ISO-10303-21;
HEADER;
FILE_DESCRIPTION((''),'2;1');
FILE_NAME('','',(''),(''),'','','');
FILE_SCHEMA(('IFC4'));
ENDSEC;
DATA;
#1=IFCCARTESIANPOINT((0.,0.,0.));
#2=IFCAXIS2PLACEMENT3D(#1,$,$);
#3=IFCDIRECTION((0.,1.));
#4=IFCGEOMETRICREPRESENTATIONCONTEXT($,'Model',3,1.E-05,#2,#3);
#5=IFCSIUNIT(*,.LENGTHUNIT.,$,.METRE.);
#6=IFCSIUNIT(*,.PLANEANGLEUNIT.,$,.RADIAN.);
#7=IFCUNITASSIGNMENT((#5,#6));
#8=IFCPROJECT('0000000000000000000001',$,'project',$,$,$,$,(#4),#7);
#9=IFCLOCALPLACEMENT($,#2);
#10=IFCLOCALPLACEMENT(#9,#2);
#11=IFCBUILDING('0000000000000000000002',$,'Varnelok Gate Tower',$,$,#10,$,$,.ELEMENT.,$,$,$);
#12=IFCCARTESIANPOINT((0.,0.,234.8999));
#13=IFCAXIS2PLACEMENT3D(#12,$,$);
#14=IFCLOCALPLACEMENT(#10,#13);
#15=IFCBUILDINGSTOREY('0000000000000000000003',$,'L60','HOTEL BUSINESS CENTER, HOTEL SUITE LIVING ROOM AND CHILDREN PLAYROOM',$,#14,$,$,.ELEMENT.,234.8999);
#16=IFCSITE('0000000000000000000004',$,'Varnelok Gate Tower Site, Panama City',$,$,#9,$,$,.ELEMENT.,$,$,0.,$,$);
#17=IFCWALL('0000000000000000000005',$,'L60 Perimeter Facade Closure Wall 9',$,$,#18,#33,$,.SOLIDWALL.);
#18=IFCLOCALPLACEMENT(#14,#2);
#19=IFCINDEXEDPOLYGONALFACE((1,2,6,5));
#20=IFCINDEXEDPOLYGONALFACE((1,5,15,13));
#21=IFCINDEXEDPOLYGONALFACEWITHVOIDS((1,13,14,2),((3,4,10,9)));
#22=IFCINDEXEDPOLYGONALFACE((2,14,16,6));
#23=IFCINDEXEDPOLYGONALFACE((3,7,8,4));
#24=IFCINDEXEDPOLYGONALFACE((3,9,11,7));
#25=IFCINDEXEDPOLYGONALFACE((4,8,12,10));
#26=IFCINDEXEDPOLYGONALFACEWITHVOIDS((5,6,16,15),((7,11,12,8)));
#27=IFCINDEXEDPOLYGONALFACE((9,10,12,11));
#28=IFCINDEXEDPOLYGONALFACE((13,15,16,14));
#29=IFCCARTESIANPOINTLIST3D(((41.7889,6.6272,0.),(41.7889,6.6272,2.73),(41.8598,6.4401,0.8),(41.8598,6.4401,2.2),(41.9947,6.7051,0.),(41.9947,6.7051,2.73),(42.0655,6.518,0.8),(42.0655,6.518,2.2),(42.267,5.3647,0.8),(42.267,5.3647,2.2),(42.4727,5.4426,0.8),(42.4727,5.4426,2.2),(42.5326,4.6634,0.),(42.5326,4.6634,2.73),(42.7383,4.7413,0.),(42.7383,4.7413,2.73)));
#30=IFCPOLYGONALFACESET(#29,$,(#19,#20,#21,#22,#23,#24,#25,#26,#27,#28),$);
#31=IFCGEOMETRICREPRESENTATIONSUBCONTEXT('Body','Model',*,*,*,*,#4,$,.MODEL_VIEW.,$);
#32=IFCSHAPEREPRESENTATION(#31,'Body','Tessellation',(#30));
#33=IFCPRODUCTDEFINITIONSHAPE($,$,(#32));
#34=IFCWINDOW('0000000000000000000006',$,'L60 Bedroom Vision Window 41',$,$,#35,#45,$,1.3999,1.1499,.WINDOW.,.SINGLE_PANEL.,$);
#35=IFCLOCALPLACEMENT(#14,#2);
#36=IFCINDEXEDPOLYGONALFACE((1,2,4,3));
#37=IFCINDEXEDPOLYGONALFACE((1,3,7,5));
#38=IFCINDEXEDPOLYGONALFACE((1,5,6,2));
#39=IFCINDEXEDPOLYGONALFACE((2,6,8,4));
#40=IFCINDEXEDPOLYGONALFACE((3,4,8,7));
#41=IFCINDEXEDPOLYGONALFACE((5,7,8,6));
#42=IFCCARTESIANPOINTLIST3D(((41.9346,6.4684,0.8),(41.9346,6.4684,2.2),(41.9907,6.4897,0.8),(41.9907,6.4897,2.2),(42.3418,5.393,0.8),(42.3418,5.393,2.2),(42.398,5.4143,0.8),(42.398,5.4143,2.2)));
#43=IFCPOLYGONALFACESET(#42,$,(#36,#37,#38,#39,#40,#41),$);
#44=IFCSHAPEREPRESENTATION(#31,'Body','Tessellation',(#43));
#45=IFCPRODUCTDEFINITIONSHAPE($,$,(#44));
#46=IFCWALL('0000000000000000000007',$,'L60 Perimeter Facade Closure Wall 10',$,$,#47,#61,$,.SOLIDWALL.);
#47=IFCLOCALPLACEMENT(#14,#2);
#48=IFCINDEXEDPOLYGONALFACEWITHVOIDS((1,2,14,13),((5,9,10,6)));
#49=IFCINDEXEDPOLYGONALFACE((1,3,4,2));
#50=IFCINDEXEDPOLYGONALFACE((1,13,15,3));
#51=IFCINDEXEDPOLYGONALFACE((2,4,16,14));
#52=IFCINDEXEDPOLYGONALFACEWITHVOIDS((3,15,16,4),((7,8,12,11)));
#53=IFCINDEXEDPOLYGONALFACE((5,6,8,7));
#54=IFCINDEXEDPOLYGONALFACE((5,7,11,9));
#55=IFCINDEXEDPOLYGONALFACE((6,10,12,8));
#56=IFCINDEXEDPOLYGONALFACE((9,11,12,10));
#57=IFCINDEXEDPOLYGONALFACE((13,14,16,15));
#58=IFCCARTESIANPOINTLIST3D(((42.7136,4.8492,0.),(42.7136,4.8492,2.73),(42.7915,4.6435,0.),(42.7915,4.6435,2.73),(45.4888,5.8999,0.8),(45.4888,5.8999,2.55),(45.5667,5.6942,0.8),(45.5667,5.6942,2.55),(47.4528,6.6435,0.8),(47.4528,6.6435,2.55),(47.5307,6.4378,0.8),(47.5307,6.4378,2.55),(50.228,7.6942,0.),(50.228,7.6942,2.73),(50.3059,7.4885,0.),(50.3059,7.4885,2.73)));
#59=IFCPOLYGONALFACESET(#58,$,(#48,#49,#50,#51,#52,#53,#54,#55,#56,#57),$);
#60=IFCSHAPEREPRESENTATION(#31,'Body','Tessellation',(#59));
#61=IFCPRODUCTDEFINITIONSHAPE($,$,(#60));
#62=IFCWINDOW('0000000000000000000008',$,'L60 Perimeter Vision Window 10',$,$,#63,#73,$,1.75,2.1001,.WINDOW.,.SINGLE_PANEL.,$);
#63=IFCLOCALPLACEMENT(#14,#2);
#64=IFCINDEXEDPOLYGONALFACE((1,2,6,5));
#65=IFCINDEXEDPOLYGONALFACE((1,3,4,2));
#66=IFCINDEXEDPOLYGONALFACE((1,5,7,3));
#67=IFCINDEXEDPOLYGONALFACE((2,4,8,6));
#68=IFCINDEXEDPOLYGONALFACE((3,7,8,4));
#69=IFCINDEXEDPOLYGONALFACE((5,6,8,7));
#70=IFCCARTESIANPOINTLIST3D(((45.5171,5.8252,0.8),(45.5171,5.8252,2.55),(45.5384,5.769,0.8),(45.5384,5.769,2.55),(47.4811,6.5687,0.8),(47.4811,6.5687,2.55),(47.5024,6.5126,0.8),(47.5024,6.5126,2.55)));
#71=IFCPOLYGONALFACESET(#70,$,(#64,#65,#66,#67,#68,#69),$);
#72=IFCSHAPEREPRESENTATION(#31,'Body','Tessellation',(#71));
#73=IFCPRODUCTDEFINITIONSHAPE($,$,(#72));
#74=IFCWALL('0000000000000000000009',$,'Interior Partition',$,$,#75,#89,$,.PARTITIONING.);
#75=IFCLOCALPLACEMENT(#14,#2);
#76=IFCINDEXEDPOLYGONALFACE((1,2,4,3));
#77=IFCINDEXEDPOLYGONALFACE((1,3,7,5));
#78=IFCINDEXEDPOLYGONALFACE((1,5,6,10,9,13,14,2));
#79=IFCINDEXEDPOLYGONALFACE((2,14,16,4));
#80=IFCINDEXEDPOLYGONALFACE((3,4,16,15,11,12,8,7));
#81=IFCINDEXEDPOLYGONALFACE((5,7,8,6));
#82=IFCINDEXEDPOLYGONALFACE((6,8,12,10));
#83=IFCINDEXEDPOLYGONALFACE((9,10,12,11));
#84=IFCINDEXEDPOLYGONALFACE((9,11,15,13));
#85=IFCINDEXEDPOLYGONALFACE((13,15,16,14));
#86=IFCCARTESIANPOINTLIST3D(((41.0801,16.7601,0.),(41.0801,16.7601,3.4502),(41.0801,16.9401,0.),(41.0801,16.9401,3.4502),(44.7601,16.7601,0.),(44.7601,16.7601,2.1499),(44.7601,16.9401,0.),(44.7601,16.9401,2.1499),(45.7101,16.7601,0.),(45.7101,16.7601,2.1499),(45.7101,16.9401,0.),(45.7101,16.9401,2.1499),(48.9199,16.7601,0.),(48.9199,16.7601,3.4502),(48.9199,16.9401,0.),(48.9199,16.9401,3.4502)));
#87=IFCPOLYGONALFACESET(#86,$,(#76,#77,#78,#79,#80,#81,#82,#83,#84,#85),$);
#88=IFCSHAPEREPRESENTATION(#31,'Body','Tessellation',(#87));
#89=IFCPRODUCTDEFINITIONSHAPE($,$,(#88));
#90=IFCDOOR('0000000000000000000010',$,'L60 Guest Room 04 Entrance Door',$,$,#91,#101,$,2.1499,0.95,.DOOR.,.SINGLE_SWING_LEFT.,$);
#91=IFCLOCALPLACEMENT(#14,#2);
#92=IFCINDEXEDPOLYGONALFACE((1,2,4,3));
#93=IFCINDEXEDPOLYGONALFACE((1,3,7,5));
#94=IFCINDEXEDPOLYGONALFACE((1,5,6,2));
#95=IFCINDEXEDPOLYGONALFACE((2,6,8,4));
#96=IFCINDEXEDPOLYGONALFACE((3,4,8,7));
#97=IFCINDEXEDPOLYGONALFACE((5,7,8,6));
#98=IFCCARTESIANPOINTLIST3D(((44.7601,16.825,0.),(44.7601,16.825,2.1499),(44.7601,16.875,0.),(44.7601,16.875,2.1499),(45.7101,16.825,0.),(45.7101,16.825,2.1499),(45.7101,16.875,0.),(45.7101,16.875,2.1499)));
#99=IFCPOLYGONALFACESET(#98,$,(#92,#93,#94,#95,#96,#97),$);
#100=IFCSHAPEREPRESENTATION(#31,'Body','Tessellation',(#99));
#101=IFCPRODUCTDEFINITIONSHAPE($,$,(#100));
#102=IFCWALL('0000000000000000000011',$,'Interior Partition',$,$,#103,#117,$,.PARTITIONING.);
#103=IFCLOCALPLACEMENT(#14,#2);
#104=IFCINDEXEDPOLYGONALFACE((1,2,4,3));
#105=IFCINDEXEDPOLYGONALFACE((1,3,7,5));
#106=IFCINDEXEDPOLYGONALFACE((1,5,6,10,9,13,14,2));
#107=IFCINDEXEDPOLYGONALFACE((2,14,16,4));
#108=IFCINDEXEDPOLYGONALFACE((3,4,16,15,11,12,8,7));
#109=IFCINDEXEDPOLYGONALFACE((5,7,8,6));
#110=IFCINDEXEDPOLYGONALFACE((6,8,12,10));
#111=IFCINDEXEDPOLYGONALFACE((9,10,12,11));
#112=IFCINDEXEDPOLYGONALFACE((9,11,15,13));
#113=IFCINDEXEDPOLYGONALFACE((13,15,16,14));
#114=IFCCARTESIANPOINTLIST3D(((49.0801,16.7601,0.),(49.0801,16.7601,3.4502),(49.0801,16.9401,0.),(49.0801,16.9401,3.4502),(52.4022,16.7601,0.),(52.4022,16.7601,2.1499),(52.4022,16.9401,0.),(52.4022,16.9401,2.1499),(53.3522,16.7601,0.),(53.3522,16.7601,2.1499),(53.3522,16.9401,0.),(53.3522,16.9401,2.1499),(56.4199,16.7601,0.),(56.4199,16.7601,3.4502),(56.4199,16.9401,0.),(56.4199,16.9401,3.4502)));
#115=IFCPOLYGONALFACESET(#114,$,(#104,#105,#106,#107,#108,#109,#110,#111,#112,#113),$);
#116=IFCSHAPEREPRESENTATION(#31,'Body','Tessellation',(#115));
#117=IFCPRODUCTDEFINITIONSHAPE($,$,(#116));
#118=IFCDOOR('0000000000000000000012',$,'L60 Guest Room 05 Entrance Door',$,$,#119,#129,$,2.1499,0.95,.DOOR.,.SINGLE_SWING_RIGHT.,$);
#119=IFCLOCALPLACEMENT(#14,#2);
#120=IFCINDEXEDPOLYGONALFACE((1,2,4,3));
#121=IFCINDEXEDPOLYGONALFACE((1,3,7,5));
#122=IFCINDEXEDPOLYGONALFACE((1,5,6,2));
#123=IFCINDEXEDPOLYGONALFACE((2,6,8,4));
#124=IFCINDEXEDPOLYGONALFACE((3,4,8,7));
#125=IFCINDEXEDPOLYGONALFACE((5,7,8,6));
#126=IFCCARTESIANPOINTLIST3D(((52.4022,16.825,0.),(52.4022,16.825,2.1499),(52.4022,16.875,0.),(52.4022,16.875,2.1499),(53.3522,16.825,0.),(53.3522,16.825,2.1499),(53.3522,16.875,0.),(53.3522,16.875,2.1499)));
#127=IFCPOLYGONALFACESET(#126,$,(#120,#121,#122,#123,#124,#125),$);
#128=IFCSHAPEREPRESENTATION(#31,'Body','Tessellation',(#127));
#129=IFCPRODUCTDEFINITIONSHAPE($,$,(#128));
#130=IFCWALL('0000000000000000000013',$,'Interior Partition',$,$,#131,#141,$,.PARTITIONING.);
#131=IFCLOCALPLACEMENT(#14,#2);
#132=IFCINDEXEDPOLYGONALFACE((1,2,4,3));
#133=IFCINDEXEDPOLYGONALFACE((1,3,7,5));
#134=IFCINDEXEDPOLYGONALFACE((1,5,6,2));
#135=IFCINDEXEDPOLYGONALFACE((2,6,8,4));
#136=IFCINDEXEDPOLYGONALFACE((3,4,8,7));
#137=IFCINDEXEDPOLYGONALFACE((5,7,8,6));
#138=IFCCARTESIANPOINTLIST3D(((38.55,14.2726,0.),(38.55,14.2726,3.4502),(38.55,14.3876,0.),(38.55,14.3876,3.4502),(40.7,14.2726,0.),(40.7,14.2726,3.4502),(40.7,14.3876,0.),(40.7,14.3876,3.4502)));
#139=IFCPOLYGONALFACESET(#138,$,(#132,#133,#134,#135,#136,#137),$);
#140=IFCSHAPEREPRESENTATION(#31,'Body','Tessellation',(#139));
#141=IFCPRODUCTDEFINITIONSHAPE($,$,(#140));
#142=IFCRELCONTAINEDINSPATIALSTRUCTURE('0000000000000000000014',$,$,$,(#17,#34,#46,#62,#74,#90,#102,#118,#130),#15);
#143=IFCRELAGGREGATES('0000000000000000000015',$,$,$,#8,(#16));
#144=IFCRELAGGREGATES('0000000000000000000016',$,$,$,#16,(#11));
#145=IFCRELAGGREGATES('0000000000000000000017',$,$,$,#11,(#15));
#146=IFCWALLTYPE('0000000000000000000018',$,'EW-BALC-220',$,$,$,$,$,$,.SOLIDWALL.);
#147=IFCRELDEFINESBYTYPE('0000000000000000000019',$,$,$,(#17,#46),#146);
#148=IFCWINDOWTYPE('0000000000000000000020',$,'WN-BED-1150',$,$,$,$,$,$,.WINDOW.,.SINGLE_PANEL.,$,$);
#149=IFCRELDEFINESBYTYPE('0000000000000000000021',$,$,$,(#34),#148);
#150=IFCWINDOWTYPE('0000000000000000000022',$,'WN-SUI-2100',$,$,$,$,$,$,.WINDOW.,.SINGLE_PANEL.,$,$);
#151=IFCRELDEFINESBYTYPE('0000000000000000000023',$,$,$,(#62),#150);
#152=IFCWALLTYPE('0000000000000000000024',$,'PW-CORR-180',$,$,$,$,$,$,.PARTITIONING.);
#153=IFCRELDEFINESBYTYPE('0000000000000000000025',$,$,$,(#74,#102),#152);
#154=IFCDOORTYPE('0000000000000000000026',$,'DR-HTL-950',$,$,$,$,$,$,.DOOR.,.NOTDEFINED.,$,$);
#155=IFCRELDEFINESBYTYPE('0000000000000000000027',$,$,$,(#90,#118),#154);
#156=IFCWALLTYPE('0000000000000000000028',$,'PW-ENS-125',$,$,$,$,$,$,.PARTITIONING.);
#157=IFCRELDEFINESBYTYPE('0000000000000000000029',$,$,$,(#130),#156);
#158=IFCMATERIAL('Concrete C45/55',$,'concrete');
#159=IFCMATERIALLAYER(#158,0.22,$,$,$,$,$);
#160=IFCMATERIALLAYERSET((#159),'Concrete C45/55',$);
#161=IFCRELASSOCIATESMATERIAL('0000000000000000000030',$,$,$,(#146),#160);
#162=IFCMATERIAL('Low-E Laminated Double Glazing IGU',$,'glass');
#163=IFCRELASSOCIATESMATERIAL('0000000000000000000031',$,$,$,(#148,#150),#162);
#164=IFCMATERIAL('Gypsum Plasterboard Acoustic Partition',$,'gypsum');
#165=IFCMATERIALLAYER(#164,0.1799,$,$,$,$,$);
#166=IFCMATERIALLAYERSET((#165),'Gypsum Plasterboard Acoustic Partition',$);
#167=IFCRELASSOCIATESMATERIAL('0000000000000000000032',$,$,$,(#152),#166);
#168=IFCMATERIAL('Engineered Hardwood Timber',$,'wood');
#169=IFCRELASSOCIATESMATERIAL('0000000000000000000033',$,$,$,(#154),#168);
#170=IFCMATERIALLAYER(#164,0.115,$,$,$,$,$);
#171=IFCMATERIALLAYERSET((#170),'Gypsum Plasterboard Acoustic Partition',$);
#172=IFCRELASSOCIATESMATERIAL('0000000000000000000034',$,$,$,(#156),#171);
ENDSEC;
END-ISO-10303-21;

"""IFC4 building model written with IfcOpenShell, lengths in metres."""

from ifc_helpers import new_model, si_unit, direction, frame, frame_2d, origin, place, context, subcontext, project, spatial, rectangle, extrude, material, layer, layer_set, type_object, element, fill, save


model = new_model("IFC4")

# Units and contexts
model_context = context("Model", 3, precision=1e-05, world=origin(), true_north=direction((0.0, 1.0)))
body_context = subcontext(model_context, "Body", "Model", "MODEL_VIEW")
ifc_project = project(units=[si_unit("LENGTHUNIT", "METRE"), si_unit("PLANEANGLEUNIT", "RADIAN")], contexts=[model_context])

# Site, building, storey
site_placement = place(None, origin())
site = spatial("IfcSite", under=ifc_project, at=site_placement, Name="Varnelok Gate Tower Site, Panama City", CompositionType="ELEMENT", RefElevation=0.0)
building_placement = place(site_placement, origin())
building = spatial("IfcBuilding", under=site, at=building_placement, Name="Varnelok Gate Tower", CompositionType="ELEMENT")
storey_placement = place(building_placement, frame((0.0, 0.0, 234.8999)))
storey = spatial("IfcBuildingStorey", under=building, at=storey_placement, Name="L60", Description="HOTEL BUSINESS CENTER, HOTEL SUITE LIVING ROOM AND CHILDREN PLAYROOM", CompositionType="ELEMENT", Elevation=234.8999)

# Shared definitions
ifc_material_1 = material(Name="Concrete C45/55", Category="concrete")
ifc_layer_1 = layer(ifc_material_1, 0.22)
ifc_layer_set_1 = layer_set([ifc_layer_1], Name="Concrete C45/55")
wall_type_1 = type_object("IfcWallType", Name="EW-BALC-220", PredefinedType="SOLIDWALL", material=ifc_layer_set_1)

# Walls, openings, windows
wall_1_placement = place(storey_placement, frame((41.8918, 6.666, 0.0), z_axis=(0.0, 0.0, 1.0), x_axis=(0.354128, -0.935197, 0.0)))
wall_1 = element("IfcWall", 1, at=wall_1_placement, inside=storey, type_object=wall_type_1, Name="L60 Perimeter Facade Closure Wall 9", PredefinedType="SOLIDWALL", context=body_context, shape_type="SweptSolid", body=[
    extrude(rectangle(XDim=2.0999, YDim=0.22, at=frame_2d((1.0498, 0.0))), origin(), (0.0, 0.0, 1.0), 2.73),
])
opening_1_placement = place(wall_1_placement, frame((0.2, 0.0, 0.8)))
opening_1 = element("IfcOpeningElement", 2, at=opening_1_placement, cuts=wall_1, PredefinedType="OPENING", context=body_context, shape_type="SweptSolid", body=[
    extrude(rectangle(XDim=1.1499, YDim=1.3999, at=frame_2d((0.575, 0.7))), frame((0.0, 0.1199, 0.0), z_axis=(0.0, -1.0, 0.0), x_axis=(1.0, 0.0, 0.0)), (0.0, 0.0, 1.0), 0.24),
])
ifc_material_2 = material(Name="Low-E Laminated Double Glazing IGU", Category="glass")
window_type_1 = type_object("IfcWindowType", Name="WN-BED-1150", PartitioningType="SINGLE_PANEL", PredefinedType="WINDOW", material=ifc_material_2)
window_1_placement = place(opening_1_placement, origin())
window_1 = element("IfcWindow", 3, at=window_1_placement, inside=storey, type_object=window_type_1, Name="L60 Bedroom Vision Window 41", OverallHeight=1.3999, OverallWidth=1.1499, PartitioningType="SINGLE_PANEL", PredefinedType="WINDOW", context=body_context, shape_type="SweptSolid", body=[
    extrude(rectangle(XDim=1.1499, YDim=1.3999, at=frame_2d((0.575, 0.7))), frame((0.0, 0.03, 0.0), z_axis=(0.0, -1.0, 0.0), x_axis=(1.0, 0.0, 0.0)), (0.0, 0.0, 1.0), 0.0601),
])
fill(opening_1, window_1)
wall_2_placement = place(storey_placement, frame((42.7524, 4.7463, 0.0), z_axis=(0.0, 0.0, 1.0), x_axis=(0.935217, 0.354075, 0.0)))
wall_2 = element("IfcWall", 4, at=wall_2_placement, inside=storey, type_object=wall_type_1, Name="L60 Perimeter Facade Closure Wall 10", PredefinedType="SOLIDWALL", context=body_context, shape_type="SweptSolid", body=[
    extrude(rectangle(XDim=8.0349, YDim=0.22, at=frame_2d((4.0176, 0.0))), origin(), (0.0, 0.0, 1.0), 2.73),
])
opening_2_placement = place(wall_2_placement, frame((2.9675, 0.0, 0.8)))
opening_2 = element("IfcOpeningElement", 5, at=opening_2_placement, cuts=wall_2, PredefinedType="OPENING", context=body_context, shape_type="SweptSolid", body=[
    extrude(rectangle(XDim=2.1001, YDim=1.75, at=frame_2d((1.05, 0.875))), frame((0.0, 0.1199, 0.0), z_axis=(0.0, -1.0, 0.0), x_axis=(1.0, 0.0, 0.0)), (0.0, 0.0, 1.0), 0.24),
])
window_type_2 = type_object("IfcWindowType", Name="WN-SUI-2100", PartitioningType="SINGLE_PANEL", PredefinedType="WINDOW", material=ifc_material_2)
window_2_placement = place(opening_2_placement, origin())
window_2 = element("IfcWindow", 6, at=window_2_placement, inside=storey, type_object=window_type_2, Name="L60 Perimeter Vision Window 10", OverallHeight=1.75, OverallWidth=2.1001, PartitioningType="SINGLE_PANEL", PredefinedType="WINDOW", context=body_context, shape_type="SweptSolid", body=[
    extrude(rectangle(XDim=2.1001, YDim=1.75, at=frame_2d((1.05, 0.875))), frame((0.0, 0.03, 0.0), z_axis=(0.0, -1.0, 0.0), x_axis=(1.0, 0.0, 0.0)), (0.0, 0.0, 1.0), 0.0601),
])
fill(opening_2, window_2)

# Walls, openings, doors
ifc_material_3 = material(Name="Gypsum Plasterboard Acoustic Partition", Category="gypsum")
ifc_layer_2 = layer(ifc_material_3, 0.1799)
ifc_layer_set_2 = layer_set([ifc_layer_2], Name="Gypsum Plasterboard Acoustic Partition")
wall_type_2 = type_object("IfcWallType", Name="PW-CORR-180", PredefinedType="PARTITIONING", material=ifc_layer_set_2)
wall_3_placement = place(storey_placement, frame((41.0801, 16.8501, 0.0), z_axis=(0.0, 0.0, 1.0), x_axis=(1.0, 0.0, 0.0)))
wall_3 = element("IfcWall", 7, at=wall_3_placement, inside=storey, type_object=wall_type_2, Name="Interior Partition", PredefinedType="PARTITIONING", context=body_context, shape_type="SweptSolid", body=[
    extrude(rectangle(XDim=7.8398, YDim=0.1799, at=frame_2d((3.9199, 0.0))), origin(), (0.0, 0.0, 1.0), 3.4502),
])
opening_3_placement = place(wall_3_placement, frame((3.6799, 0.0, 0.0)))
opening_3 = element("IfcOpeningElement", 8, at=opening_3_placement, cuts=wall_3, PredefinedType="OPENING", context=body_context, shape_type="SweptSolid", body=[
    extrude(rectangle(XDim=0.95, YDim=2.1499, at=frame_2d((0.4751, 1.075))), frame((0.0, 0.0999, 0.0), z_axis=(0.0, -1.0, 0.0), x_axis=(1.0, 0.0, 0.0)), (0.0, 0.0, 1.0), 0.2),
])
ifc_material_4 = material(Name="Engineered Hardwood Timber", Category="wood")
door_type_1 = type_object("IfcDoorType", Name="DR-HTL-950", OperationType="NOTDEFINED", PredefinedType="DOOR", material=ifc_material_4)
door_1_placement = place(opening_3_placement, origin())
door_1 = element("IfcDoor", 9, at=door_1_placement, inside=storey, type_object=door_type_1, Name="L60 Guest Room 04 Entrance Door", OperationType="SINGLE_SWING_LEFT", OverallHeight=2.1499, OverallWidth=0.95, PredefinedType="DOOR", context=body_context, shape_type="SweptSolid", body=[
    extrude(rectangle(XDim=0.95, YDim=2.1499, at=frame_2d((0.4751, 1.075))), frame((0.0, 0.0249, 0.0), z_axis=(0.0, -1.0, 0.0), x_axis=(1.0, 0.0, 0.0)), (0.0, 0.0, 1.0), 0.05),
])
fill(opening_3, door_1)
wall_4_placement = place(storey_placement, frame((49.0801, 16.8501, 0.0), z_axis=(0.0, 0.0, 1.0), x_axis=(1.0, 0.0, 0.0)))
wall_4 = element("IfcWall", 10, at=wall_4_placement, inside=storey, type_object=wall_type_2, Name="Interior Partition", PredefinedType="PARTITIONING", context=body_context, shape_type="SweptSolid", body=[
    extrude(rectangle(XDim=7.3398, YDim=0.1799, at=frame_2d((3.6699, 0.0))), origin(), (0.0, 0.0, 1.0), 3.4502),
])
opening_4_placement = place(wall_4_placement, frame((3.322, 0.0, 0.0)))
opening_4 = element("IfcOpeningElement", 11, at=opening_4_placement, cuts=wall_4, PredefinedType="OPENING", context=body_context, shape_type="SweptSolid", body=[
    extrude(rectangle(XDim=0.95, YDim=2.1499, at=frame_2d((0.4751, 1.075))), frame((0.0, 0.0999, 0.0), z_axis=(0.0, -1.0, 0.0), x_axis=(1.0, 0.0, 0.0)), (0.0, 0.0, 1.0), 0.2),
])
door_2_placement = place(opening_4_placement, origin())
door_2 = element("IfcDoor", 12, at=door_2_placement, inside=storey, type_object=door_type_1, Name="L60 Guest Room 05 Entrance Door", OperationType="SINGLE_SWING_RIGHT", OverallHeight=2.1499, OverallWidth=0.95, PredefinedType="DOOR", context=body_context, shape_type="SweptSolid", body=[
    extrude(rectangle(XDim=0.95, YDim=2.1499, at=frame_2d((0.4751, 1.075))), frame((0.0, 0.0249, 0.0), z_axis=(0.0, -1.0, 0.0), x_axis=(1.0, 0.0, 0.0)), (0.0, 0.0, 1.0), 0.05),
])
fill(opening_4, door_2)

# Wall
ifc_layer_3 = layer(ifc_material_3, 0.115)
ifc_layer_set_3 = layer_set([ifc_layer_3], Name="Gypsum Plasterboard Acoustic Partition")
wall_type_3 = type_object("IfcWallType", Name="PW-ENS-125", PredefinedType="PARTITIONING", material=ifc_layer_set_3)
wall_5_placement = place(storey_placement, frame((38.55, 14.3301, 0.0), z_axis=(0.0, 0.0, 1.0), x_axis=(1.0, 0.0, 0.0)))
element("IfcWall", 13, at=wall_5_placement, inside=storey, type_object=wall_type_3, Name="Interior Partition", PredefinedType="PARTITIONING", context=body_context, shape_type="SweptSolid", body=[
    extrude(rectangle(XDim=2.1499, YDim=0.115, at=frame_2d((1.075, 0.0))), origin(), (0.0, 0.0, 1.0), 3.4502),
])

save(model, "model.ifc")
